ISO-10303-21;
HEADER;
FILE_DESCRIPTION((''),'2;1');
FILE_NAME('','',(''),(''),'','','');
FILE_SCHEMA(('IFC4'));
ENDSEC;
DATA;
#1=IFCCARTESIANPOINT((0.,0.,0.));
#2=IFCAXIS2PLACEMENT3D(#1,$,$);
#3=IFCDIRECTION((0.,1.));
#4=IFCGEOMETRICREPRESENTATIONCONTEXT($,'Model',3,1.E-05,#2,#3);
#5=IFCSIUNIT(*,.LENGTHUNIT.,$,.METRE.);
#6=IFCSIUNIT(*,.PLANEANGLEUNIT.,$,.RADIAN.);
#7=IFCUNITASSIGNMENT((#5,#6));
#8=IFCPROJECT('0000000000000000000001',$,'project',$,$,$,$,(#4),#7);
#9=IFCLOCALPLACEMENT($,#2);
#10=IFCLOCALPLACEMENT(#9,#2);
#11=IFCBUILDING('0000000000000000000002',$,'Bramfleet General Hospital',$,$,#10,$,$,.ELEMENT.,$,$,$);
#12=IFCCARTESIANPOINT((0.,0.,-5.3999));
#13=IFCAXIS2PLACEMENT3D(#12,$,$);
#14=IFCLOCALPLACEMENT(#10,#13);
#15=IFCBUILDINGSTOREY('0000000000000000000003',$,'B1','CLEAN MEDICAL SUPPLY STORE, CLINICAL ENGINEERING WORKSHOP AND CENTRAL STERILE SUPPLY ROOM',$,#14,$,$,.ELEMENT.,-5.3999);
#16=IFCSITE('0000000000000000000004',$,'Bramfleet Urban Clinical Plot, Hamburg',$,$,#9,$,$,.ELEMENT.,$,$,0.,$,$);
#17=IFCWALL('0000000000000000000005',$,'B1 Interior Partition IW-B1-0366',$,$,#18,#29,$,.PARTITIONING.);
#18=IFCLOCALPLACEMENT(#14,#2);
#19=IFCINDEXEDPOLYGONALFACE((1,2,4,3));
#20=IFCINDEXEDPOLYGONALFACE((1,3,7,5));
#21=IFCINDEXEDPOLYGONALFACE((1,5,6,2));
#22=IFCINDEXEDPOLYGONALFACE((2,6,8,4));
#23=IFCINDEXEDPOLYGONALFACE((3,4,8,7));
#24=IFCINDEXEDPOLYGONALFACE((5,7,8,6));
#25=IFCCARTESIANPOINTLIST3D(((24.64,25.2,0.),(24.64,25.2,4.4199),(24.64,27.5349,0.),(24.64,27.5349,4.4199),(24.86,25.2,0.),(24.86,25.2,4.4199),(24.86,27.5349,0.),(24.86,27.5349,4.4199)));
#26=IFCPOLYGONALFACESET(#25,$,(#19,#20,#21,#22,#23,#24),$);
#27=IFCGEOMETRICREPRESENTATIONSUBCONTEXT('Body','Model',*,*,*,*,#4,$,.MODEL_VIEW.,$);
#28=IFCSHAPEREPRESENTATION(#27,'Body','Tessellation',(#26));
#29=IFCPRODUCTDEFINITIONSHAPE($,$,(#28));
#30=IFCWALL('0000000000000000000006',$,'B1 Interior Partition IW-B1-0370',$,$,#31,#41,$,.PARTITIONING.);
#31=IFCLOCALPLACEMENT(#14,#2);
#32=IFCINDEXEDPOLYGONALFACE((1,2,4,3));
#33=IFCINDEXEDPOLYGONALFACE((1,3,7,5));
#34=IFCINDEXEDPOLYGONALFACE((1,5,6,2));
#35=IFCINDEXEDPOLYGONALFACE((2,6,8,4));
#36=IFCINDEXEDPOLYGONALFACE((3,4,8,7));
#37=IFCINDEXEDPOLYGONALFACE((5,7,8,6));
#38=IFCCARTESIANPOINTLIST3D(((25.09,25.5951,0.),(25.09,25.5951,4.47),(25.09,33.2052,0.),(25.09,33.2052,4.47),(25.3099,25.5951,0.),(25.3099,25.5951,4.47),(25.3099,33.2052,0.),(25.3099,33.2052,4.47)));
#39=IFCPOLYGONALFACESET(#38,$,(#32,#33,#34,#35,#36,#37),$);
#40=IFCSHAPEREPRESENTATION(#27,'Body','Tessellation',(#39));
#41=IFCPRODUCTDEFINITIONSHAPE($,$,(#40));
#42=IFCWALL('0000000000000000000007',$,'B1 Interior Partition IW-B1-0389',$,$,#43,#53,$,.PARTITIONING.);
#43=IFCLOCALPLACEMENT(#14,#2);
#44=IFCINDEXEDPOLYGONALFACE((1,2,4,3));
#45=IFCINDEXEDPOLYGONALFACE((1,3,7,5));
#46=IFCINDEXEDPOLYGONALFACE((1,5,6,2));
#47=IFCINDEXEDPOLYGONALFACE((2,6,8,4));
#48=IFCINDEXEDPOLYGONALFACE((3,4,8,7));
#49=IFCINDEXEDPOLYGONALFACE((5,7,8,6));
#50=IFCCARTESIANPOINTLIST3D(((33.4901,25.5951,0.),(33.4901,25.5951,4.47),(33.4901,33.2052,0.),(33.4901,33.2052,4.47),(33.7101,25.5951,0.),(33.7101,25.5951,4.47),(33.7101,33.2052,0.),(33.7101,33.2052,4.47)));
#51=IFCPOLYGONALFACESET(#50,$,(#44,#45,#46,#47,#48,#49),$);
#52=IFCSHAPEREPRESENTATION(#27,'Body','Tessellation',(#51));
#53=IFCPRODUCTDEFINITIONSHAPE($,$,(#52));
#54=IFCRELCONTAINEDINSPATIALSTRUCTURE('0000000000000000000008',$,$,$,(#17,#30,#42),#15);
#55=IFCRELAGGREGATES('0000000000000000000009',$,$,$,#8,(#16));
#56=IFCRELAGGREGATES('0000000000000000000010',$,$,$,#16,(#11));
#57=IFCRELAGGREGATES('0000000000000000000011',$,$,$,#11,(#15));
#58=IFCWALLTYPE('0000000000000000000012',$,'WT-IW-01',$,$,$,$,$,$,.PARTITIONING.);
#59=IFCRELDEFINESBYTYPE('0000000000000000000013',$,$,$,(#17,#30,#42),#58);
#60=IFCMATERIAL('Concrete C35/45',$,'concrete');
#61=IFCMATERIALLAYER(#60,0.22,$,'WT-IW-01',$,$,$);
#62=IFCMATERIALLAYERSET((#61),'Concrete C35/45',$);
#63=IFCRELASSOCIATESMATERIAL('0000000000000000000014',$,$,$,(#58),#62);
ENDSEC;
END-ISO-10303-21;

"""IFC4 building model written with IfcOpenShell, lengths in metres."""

from ifc_helpers import new_model, si_unit, direction, frame, frame_2d, origin, place, context, subcontext, project, spatial, rectangle, extrude, material, layer, layer_set, type_object, element, save


model = new_model("IFC4")

# Units and contexts
model_context = context("Model", 3, precision=1e-05, world=origin(), true_north=direction((0.0, 1.0)))
body_context = subcontext(model_context, "Body", "Model", "MODEL_VIEW")
ifc_project = project(units=[si_unit("LENGTHUNIT", "METRE"), si_unit("PLANEANGLEUNIT", "RADIAN")], contexts=[model_context])

# Site, building, storey
site_placement = place(None, origin())
site = spatial("IfcSite", under=ifc_project, at=site_placement, Name="Bramfleet Urban Clinical Plot, Hamburg", CompositionType="ELEMENT", RefElevation=0.0)
building_placement = place(site_placement, origin())
building = spatial("IfcBuilding", under=site, at=building_placement, Name="Bramfleet General Hospital", CompositionType="ELEMENT")
storey_placement = place(building_placement, frame((0.0, 0.0, -5.3999)))
storey = spatial("IfcBuildingStorey", under=building, at=storey_placement, Name="B1", Description="CLEAN MEDICAL SUPPLY STORE, CLINICAL ENGINEERING WORKSHOP AND CENTRAL STERILE SUPPLY ROOM", CompositionType="ELEMENT", Elevation=-5.3999)

# Shared definitions
ifc_material_1 = material(Name="Concrete C35/45", Category="concrete")

# Shared definitions
ifc_layer = layer(ifc_material_1, 0.22, Name="WT-IW-01")
ifc_layer_set = layer_set([ifc_layer], Name="Concrete C35/45")
wall_type = type_object("IfcWallType", Name="WT-IW-01", PredefinedType="PARTITIONING", material=ifc_layer_set)

# Walls
wall_1_placement = place(storey_placement, frame((24.75, 25.2, 0.0), z_axis=(0.0, 0.0, 1.0), x_axis=(0.0, 1.0, 0.0)))
element("IfcWall", 1, at=wall_1_placement, inside=storey, type_object=wall_type, Name="B1 Interior Partition IW-B1-0366", PredefinedType="PARTITIONING", context=body_context, shape_type="SweptSolid", body=[
    extrude(rectangle(XDim=2.335, YDim=0.22, at=frame_2d((1.1675, 0.0))), origin(), (0.0, 0.0, 1.0), 4.4199),
])
for number, where, z_axis, x_axis, name in (
    (2, (25.2, 25.595, 0.0), (0.0, 0.0, 1.0), (0.0, 1.0, 0.0), "B1 Interior Partition IW-B1-0370"),
    (3, (33.6001, 25.595, 0.0), (0.0, 0.0, 1.0), (0.0, 1.0, 0.0), "B1 Interior Partition IW-B1-0389"),
):
    element("IfcWall", number, at=place(storey_placement, frame(where, z_axis=z_axis, x_axis=x_axis)), inside=storey, type_object=wall_type, Name=name, PredefinedType="PARTITIONING", context=body_context, shape_type="SweptSolid", body=[
        extrude(rectangle(XDim=7.6101, YDim=0.22, at=frame_2d((3.8052, 0.0))), origin(), (0.0, 0.0, 1.0), 4.47),
    ])

save(model, "model.ifc")
